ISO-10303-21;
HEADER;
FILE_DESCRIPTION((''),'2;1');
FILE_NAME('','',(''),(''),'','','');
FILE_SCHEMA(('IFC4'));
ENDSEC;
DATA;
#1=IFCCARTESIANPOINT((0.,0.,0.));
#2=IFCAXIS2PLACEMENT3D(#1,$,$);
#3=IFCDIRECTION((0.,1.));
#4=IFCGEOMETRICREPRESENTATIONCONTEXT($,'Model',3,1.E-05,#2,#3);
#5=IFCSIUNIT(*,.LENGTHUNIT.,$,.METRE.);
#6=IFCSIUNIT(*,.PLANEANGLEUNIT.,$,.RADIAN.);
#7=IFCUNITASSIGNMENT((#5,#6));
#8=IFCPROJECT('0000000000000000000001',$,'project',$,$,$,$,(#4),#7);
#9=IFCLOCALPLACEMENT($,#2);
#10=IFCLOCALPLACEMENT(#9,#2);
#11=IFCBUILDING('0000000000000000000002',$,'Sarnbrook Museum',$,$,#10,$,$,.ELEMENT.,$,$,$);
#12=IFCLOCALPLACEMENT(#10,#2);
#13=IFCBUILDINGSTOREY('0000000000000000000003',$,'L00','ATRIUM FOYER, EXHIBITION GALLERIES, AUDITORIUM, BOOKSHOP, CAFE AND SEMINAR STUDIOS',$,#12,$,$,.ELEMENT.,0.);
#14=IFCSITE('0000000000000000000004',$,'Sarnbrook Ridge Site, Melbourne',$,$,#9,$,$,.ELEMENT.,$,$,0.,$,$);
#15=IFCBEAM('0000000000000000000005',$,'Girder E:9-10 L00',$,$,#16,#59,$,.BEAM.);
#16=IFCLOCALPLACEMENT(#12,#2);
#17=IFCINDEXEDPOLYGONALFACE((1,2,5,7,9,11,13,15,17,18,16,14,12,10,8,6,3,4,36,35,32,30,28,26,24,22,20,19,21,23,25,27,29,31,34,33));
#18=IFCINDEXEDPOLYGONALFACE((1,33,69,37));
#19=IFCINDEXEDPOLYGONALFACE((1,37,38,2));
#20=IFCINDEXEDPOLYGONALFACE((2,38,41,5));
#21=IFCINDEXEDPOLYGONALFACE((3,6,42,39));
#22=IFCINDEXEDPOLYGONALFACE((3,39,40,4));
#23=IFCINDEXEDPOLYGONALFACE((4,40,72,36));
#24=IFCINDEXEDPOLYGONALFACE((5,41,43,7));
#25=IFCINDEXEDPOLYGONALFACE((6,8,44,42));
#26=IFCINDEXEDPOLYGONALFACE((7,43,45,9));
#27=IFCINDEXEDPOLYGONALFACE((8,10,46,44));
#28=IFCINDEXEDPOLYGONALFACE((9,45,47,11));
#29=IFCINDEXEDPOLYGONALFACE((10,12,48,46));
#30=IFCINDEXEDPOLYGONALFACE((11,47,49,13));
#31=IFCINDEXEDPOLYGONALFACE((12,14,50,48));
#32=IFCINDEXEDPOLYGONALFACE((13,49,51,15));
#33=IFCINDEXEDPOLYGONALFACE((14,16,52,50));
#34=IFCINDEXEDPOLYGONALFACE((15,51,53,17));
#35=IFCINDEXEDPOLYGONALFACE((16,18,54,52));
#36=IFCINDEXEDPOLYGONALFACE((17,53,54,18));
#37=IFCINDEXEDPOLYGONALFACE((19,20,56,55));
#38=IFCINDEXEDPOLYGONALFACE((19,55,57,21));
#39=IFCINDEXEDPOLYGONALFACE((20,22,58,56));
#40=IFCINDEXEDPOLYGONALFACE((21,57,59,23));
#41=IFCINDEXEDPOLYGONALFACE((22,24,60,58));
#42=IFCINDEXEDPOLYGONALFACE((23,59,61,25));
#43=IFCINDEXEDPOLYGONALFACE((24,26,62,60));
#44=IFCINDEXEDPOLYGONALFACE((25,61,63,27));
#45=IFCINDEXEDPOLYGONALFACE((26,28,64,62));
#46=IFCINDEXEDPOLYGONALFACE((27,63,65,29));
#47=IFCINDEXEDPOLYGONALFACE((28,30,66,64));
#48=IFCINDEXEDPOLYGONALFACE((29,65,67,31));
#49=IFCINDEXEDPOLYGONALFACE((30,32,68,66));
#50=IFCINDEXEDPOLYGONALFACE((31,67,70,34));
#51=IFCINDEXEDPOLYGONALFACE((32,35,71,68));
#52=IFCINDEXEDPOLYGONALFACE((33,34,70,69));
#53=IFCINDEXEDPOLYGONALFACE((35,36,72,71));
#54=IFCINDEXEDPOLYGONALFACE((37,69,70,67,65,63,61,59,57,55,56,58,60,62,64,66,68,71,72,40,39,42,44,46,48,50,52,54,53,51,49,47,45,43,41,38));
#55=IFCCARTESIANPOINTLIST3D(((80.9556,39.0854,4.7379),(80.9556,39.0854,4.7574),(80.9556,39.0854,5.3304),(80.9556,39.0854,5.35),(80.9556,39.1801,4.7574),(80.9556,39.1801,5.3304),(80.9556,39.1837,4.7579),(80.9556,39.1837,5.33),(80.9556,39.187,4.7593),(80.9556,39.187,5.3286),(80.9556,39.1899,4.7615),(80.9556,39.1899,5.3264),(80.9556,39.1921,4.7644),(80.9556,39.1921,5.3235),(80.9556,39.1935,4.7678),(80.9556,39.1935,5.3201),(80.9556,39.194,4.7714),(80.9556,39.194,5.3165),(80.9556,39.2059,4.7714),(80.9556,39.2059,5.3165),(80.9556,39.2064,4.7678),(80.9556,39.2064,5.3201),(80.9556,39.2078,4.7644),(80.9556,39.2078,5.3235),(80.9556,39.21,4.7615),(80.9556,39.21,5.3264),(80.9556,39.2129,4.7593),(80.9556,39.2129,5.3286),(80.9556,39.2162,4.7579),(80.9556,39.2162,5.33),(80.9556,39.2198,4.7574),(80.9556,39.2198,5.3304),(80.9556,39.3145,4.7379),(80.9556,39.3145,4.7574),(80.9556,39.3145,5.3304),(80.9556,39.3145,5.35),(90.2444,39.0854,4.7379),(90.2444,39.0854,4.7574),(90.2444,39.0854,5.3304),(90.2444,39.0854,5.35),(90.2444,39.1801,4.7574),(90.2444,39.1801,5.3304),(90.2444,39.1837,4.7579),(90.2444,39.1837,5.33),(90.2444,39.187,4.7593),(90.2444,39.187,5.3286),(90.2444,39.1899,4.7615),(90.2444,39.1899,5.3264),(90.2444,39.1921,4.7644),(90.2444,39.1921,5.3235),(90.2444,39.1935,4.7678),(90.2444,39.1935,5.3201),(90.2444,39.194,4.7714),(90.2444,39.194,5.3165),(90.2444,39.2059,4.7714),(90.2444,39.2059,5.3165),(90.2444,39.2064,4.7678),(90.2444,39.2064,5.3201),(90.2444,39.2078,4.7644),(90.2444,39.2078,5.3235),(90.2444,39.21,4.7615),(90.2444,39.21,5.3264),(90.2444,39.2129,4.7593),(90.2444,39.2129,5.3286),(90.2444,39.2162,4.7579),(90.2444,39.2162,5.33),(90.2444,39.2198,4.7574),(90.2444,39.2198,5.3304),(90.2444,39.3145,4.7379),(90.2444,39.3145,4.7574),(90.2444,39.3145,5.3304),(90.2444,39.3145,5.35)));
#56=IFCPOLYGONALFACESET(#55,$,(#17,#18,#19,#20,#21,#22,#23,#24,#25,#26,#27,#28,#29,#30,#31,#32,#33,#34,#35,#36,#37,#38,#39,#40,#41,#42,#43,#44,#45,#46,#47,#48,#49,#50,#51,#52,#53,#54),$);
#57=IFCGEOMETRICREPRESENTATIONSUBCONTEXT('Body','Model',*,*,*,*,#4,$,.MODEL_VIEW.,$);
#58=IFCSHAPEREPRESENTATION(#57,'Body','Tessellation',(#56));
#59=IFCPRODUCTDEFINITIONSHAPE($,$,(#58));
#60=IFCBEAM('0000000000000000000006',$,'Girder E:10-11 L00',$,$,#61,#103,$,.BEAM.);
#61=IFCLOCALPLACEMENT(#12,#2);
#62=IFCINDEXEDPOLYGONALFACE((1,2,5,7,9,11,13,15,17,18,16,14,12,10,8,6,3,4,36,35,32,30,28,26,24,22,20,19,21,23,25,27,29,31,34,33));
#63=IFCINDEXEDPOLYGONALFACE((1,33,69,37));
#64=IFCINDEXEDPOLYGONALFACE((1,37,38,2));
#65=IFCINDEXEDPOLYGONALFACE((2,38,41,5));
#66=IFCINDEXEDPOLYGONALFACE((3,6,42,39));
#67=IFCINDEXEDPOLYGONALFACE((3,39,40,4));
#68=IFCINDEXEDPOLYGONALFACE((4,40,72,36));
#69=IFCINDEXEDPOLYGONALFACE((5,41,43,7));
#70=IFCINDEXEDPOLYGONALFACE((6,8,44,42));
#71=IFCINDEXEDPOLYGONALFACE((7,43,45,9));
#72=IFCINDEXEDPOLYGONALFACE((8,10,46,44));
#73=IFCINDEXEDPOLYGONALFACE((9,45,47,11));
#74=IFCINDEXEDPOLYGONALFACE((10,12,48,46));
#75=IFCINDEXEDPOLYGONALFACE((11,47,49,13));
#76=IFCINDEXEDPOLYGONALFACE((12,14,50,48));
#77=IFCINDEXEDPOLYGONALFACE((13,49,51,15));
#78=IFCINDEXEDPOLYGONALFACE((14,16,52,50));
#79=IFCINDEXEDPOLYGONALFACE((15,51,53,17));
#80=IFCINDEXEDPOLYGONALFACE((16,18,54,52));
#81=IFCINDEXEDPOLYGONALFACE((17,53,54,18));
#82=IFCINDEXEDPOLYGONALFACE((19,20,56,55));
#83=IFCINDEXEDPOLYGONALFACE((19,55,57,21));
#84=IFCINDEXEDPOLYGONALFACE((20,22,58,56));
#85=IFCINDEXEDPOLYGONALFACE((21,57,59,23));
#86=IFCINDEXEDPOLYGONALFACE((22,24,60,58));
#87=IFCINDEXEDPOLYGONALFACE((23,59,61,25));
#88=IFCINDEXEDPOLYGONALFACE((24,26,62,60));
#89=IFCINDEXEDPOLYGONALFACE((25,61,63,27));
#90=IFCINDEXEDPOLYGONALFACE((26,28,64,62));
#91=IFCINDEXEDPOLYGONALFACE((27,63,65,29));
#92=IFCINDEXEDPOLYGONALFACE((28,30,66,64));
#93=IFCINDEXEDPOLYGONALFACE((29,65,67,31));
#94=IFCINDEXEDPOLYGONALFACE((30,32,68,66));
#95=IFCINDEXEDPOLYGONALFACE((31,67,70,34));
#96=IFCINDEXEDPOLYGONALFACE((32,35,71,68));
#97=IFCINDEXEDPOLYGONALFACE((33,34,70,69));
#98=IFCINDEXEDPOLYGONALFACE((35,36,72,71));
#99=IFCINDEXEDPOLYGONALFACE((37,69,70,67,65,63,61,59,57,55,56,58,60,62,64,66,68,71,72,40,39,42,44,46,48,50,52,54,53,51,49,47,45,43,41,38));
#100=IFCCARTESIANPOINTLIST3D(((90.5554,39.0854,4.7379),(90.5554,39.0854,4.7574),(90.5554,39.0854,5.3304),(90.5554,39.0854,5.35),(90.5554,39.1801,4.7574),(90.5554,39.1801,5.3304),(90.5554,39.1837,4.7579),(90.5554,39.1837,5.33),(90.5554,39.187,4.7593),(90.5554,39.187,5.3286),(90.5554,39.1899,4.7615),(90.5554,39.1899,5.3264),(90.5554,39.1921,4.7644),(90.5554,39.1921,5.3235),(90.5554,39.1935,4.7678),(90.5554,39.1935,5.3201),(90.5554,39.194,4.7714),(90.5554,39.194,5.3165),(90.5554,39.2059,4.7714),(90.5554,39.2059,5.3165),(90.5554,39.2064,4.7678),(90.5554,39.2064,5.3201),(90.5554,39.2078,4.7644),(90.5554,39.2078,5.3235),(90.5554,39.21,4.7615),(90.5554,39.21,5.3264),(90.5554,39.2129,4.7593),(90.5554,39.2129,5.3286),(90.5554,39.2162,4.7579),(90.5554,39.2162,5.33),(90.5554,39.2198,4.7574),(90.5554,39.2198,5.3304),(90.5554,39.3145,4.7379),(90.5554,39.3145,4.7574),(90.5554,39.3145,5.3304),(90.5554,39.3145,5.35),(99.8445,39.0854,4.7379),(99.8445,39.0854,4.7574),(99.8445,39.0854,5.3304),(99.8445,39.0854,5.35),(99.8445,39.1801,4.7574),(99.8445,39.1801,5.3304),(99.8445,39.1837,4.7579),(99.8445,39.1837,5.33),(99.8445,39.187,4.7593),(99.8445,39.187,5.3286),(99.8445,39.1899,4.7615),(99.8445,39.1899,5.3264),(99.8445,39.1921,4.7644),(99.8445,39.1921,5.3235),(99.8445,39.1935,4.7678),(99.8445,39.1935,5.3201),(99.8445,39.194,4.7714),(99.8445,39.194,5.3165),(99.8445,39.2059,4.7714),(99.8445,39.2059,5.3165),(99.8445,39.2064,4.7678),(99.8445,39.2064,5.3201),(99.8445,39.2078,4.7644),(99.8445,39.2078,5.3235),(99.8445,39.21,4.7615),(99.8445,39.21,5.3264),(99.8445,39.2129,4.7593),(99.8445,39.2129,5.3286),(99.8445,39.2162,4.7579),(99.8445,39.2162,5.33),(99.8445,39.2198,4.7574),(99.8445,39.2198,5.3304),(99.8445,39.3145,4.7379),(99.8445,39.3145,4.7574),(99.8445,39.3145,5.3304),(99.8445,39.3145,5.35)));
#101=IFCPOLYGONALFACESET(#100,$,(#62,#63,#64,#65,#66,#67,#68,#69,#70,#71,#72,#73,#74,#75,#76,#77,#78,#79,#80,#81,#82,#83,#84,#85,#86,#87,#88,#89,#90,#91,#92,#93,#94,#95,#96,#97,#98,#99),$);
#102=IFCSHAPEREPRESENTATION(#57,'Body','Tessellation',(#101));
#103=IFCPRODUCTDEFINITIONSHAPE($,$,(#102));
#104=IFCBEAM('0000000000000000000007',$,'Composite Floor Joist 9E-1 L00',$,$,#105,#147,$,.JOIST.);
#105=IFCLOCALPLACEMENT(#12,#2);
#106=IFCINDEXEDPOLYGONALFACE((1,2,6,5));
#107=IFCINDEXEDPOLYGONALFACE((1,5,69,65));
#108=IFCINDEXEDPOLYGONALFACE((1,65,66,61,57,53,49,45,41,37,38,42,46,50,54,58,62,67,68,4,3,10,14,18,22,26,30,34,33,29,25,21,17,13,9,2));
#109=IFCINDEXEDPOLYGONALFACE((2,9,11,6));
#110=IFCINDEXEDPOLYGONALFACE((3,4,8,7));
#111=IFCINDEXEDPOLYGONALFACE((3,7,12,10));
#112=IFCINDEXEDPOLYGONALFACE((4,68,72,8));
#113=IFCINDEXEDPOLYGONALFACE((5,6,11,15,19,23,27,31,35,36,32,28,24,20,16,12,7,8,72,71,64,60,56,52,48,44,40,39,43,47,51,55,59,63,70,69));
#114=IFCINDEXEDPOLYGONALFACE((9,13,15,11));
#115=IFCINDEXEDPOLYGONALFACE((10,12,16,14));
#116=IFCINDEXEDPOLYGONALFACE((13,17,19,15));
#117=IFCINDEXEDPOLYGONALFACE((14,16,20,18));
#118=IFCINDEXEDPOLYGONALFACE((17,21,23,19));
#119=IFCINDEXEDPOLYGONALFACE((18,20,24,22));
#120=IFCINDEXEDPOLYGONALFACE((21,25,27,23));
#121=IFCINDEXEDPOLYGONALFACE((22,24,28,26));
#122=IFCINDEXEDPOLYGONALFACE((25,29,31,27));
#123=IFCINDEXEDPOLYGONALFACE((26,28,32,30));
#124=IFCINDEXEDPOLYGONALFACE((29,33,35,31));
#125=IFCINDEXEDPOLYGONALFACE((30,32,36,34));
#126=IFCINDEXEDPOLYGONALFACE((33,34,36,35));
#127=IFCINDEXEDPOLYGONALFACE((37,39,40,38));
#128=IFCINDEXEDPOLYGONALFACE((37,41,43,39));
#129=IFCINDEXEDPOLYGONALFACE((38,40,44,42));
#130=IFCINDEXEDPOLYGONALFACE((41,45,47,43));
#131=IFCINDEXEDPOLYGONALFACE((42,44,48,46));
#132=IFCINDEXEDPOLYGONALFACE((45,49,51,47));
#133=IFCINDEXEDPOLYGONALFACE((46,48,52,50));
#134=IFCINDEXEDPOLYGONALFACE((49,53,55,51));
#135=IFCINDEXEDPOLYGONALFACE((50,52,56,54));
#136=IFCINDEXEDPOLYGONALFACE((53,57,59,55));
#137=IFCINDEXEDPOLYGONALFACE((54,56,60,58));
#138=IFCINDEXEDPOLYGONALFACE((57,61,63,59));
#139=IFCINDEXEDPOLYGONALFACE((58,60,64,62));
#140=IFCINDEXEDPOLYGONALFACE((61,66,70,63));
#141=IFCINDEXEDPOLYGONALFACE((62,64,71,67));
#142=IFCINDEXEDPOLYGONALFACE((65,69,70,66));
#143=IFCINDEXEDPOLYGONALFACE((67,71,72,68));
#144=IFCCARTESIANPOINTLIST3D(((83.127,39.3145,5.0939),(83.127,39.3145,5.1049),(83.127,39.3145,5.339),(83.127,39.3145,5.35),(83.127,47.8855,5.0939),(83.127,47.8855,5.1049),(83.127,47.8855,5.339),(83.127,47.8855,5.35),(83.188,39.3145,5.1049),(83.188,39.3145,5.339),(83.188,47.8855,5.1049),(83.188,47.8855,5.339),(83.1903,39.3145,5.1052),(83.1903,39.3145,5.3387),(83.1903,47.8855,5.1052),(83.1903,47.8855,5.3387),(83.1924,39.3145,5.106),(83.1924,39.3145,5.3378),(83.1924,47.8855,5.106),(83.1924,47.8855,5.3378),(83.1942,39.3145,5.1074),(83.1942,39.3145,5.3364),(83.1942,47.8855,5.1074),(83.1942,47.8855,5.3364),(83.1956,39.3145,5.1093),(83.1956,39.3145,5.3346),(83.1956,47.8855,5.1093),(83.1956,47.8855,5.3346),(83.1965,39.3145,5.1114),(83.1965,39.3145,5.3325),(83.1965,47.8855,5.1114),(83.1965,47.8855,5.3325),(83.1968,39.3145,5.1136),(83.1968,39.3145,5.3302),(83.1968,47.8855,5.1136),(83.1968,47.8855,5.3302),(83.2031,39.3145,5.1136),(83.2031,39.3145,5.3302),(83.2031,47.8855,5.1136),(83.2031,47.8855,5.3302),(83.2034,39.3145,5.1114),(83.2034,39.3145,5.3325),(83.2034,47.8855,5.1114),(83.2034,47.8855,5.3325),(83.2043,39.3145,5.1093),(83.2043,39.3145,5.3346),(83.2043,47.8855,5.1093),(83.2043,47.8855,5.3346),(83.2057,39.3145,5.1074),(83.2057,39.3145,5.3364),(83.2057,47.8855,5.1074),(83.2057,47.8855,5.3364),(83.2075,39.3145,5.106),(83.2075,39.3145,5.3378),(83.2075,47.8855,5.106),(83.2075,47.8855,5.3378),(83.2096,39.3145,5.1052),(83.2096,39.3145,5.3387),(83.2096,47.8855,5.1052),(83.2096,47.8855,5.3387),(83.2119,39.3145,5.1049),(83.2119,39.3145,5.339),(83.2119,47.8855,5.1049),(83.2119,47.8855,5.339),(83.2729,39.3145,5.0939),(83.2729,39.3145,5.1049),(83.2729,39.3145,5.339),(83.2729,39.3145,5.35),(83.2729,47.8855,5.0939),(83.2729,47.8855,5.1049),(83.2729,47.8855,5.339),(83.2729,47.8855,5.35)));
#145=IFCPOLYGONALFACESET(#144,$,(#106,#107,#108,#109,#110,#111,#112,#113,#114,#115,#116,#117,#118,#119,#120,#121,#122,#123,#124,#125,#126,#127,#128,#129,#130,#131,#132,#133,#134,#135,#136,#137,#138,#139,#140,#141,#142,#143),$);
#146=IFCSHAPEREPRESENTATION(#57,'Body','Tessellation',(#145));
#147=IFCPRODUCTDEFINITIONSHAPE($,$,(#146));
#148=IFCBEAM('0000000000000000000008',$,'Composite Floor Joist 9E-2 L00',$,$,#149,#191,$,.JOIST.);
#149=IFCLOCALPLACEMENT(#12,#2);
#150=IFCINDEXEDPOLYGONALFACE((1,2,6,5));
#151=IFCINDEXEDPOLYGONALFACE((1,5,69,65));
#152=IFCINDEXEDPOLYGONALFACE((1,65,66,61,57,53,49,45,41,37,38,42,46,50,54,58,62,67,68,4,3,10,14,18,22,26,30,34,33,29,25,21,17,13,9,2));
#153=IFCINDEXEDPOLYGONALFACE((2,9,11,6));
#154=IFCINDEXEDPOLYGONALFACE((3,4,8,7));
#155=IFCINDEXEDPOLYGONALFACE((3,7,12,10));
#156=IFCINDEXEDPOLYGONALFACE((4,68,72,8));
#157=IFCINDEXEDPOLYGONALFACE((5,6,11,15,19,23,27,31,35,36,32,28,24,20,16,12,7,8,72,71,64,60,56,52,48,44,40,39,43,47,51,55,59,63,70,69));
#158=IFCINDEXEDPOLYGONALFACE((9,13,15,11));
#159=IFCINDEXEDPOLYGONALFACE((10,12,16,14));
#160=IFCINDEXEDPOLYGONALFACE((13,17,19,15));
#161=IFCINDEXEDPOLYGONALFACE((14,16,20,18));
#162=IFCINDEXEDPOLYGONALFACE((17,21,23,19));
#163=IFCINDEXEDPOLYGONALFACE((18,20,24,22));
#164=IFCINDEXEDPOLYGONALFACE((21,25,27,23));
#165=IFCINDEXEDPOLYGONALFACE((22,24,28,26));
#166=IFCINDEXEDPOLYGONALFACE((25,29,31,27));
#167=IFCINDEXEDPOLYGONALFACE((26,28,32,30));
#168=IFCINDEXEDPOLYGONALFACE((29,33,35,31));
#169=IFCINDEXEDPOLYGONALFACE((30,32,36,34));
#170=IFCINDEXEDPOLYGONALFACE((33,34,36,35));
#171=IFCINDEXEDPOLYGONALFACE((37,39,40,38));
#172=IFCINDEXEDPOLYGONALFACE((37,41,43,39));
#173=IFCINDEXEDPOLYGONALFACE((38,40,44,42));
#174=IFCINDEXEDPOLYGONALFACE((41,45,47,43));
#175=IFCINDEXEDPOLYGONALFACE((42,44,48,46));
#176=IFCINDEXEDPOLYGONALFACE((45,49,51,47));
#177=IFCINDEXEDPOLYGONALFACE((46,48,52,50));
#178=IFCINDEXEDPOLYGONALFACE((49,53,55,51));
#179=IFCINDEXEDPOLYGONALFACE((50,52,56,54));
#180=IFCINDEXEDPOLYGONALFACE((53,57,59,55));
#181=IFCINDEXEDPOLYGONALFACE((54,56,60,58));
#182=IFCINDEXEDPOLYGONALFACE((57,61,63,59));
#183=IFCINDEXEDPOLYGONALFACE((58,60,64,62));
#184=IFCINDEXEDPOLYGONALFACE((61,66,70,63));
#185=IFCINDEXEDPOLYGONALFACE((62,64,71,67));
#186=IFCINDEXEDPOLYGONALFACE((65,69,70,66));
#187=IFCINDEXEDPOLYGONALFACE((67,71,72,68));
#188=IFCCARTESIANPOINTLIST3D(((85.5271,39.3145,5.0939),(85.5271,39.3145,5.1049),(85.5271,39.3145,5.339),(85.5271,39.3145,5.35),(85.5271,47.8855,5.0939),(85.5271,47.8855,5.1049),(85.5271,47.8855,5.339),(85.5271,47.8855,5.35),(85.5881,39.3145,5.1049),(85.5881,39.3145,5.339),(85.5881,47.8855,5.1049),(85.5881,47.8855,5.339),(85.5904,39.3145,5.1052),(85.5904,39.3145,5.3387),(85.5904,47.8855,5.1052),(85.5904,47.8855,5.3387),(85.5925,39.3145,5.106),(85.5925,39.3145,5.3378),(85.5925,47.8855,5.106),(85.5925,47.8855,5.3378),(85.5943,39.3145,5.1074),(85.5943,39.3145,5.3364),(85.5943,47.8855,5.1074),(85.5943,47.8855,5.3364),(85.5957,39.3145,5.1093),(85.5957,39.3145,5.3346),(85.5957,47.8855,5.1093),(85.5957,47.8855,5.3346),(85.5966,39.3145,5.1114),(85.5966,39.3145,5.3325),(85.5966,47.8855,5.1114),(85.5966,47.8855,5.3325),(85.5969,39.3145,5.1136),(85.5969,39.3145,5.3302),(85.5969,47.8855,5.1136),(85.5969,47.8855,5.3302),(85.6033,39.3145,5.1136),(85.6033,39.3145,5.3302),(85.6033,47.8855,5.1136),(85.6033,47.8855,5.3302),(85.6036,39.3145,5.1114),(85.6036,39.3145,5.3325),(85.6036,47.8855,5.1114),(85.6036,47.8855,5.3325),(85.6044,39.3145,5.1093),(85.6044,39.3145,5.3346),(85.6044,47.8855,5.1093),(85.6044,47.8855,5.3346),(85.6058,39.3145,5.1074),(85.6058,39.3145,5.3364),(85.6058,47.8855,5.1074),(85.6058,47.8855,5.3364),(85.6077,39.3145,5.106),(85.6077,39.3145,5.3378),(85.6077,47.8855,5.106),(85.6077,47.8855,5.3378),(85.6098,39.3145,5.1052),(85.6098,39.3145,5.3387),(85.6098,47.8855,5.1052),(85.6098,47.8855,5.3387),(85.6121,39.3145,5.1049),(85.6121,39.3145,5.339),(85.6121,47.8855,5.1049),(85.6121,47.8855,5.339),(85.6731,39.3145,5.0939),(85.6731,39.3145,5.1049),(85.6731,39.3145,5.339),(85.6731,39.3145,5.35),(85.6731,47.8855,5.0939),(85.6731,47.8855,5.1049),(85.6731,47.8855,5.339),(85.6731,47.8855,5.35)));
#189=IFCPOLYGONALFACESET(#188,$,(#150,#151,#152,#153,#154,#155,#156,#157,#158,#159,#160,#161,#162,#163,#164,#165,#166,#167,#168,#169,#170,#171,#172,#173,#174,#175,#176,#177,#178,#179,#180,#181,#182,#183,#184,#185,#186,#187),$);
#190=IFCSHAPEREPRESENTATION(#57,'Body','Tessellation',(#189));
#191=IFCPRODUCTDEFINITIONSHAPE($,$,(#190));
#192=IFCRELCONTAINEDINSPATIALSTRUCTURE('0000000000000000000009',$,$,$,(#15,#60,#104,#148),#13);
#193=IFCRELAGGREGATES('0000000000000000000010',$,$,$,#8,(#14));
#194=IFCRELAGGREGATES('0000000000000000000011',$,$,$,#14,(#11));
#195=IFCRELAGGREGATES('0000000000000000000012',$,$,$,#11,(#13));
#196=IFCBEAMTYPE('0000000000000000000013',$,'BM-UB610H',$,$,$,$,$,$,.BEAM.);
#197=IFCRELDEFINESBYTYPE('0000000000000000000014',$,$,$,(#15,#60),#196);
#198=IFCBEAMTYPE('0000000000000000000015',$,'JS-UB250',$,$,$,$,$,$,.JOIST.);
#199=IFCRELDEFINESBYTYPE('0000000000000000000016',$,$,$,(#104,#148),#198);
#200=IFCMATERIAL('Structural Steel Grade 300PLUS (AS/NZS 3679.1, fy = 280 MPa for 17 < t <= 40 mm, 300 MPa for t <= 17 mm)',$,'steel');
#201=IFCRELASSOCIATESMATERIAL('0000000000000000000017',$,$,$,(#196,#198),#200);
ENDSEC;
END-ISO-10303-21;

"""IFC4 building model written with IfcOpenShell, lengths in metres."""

from ifc_helpers import new_model, si_unit, direction, frame, origin, origin_2d, place, context, subcontext, project, spatial, i_section, extrude, material, material_profile, profile_set, type_object, element, save


model = new_model("IFC4")

# Units and contexts
model_context = context("Model", 3, precision=1e-05, world=origin(), true_north=direction((0.0, 1.0)))
body_context = subcontext(model_context, "Body", "Model", "MODEL_VIEW")
ifc_project = project(units=[si_unit("LENGTHUNIT", "METRE"), si_unit("PLANEANGLEUNIT", "RADIAN")], contexts=[model_context])

# Site, building, storey
site_placement = place(None, origin())
site = spatial("IfcSite", under=ifc_project, at=site_placement, Name="Sarnbrook Ridge Site, Melbourne", CompositionType="ELEMENT", RefElevation=0.0)
building_placement = place(site_placement, origin())
building = spatial("IfcBuilding", under=site, at=building_placement, Name="Sarnbrook Museum", CompositionType="ELEMENT")
storey_placement = place(building_placement, origin())
storey = spatial("IfcBuildingStorey", under=building, at=storey_placement, Name="L00", Description="ATRIUM FOYER, EXHIBITION GALLERIES, AUDITORIUM, BOOKSHOP, CAFE AND SEMINAR STUDIOS", CompositionType="ELEMENT", Elevation=0.0)

# Shared definitions
ifc_material_1 = material(Name="Structural Steel Grade 300PLUS (AS/NZS 3679.1, fy = 280 MPa for 17 < t <= 40 mm, 300 MPa for t <= 17 mm)", Category="steel")

# Beams
ifc_material_profile_1 = material_profile(ifc_material_1, i_section(OverallWidth=0.229, OverallDepth=0.6121, WebThickness=0.012, FlangeThickness=0.0195, FilletRadius=0.0139, at=origin_2d()), Name="610UB125")
ifc_profile_set_1 = profile_set([ifc_material_profile_1], Name="Structural Steel Grade 300PLUS (AS/NZS 3679.1, fy = 280 MPa for 17 < t <= 40 mm, 300 MPa for t <= 17 mm)")
beam_type_1 = type_object("IfcBeamType", Name="BM-UB610H", PredefinedType="BEAM", material=ifc_profile_set_1)
beam_1_placement = place(storey_placement, frame((80.9556, 39.2, 5.0439), z_axis=(1.0, 0.0, 0.0), x_axis=(0.0, 1.0, 0.0)))
element("IfcBeam", 1, at=beam_1_placement, inside=storey, type_object=beam_type_1, Name="Girder E:9-10 L00", PredefinedType="BEAM", context=body_context, shape_type="SweptSolid", body=[
    extrude(i_section(OverallWidth=0.229, OverallDepth=0.6121, WebThickness=0.012, FlangeThickness=0.0195, FilletRadius=0.0139, at=origin_2d()), origin(), (0.0, 0.0, 1.0), 9.2888),
])
beam_2_placement = place(storey_placement, frame((90.5554, 39.2, 5.0439), z_axis=(1.0, 0.0, 0.0), x_axis=(0.0, 1.0, 0.0)))
element("IfcBeam", 2, at=beam_2_placement, inside=storey, type_object=beam_type_1, Name="Girder E:10-11 L00", PredefinedType="BEAM", context=body_context, shape_type="SweptSolid", body=[
    extrude(i_section(OverallWidth=0.229, OverallDepth=0.6121, WebThickness=0.012, FlangeThickness=0.0195, FilletRadius=0.0139, at=origin_2d()), origin(), (0.0, 0.0, 1.0), 9.2891),
])
ifc_material_profile_2 = material_profile(ifc_material_1, i_section(OverallWidth=0.146, OverallDepth=0.2561, WebThickness=0.0063, FlangeThickness=0.011, FilletRadius=0.0088, at=origin_2d()), Name="250UB37.3")
ifc_profile_set_2 = profile_set([ifc_material_profile_2], Name="Structural Steel Grade 300PLUS (AS/NZS 3679.1, fy = 280 MPa for 17 < t <= 40 mm, 300 MPa for t <= 17 mm)")
beam_type_2 = type_object("IfcBeamType", Name="JS-UB250", PredefinedType="JOIST", material=ifc_profile_set_2)
for number, where, z_axis, x_axis, name in (
    (3, (83.2, 39.3145, 5.2219), (0.0, 1.0, 0.0), (-1.0, 0.0, 0.0), "Composite Floor Joist 9E-1 L00"),
    (4, (85.6001, 39.3145, 5.2219), (0.0, 1.0, 0.0), (-1.0, 0.0, 0.0), "Composite Floor Joist 9E-2 L00"),
):
    element("IfcBeam", number, at=place(storey_placement, frame(where, z_axis=z_axis, x_axis=x_axis)), inside=storey, type_object=beam_type_2, Name=name, PredefinedType="JOIST", context=body_context, shape_type="SweptSolid", body=[
        extrude(i_section(OverallWidth=0.146, OverallDepth=0.2561, WebThickness=0.0063, FlangeThickness=0.011, FilletRadius=0.0088, at=origin_2d()), origin(), (0.0, 0.0, 1.0), 8.571),
    ])

save(model, "model.ifc")
